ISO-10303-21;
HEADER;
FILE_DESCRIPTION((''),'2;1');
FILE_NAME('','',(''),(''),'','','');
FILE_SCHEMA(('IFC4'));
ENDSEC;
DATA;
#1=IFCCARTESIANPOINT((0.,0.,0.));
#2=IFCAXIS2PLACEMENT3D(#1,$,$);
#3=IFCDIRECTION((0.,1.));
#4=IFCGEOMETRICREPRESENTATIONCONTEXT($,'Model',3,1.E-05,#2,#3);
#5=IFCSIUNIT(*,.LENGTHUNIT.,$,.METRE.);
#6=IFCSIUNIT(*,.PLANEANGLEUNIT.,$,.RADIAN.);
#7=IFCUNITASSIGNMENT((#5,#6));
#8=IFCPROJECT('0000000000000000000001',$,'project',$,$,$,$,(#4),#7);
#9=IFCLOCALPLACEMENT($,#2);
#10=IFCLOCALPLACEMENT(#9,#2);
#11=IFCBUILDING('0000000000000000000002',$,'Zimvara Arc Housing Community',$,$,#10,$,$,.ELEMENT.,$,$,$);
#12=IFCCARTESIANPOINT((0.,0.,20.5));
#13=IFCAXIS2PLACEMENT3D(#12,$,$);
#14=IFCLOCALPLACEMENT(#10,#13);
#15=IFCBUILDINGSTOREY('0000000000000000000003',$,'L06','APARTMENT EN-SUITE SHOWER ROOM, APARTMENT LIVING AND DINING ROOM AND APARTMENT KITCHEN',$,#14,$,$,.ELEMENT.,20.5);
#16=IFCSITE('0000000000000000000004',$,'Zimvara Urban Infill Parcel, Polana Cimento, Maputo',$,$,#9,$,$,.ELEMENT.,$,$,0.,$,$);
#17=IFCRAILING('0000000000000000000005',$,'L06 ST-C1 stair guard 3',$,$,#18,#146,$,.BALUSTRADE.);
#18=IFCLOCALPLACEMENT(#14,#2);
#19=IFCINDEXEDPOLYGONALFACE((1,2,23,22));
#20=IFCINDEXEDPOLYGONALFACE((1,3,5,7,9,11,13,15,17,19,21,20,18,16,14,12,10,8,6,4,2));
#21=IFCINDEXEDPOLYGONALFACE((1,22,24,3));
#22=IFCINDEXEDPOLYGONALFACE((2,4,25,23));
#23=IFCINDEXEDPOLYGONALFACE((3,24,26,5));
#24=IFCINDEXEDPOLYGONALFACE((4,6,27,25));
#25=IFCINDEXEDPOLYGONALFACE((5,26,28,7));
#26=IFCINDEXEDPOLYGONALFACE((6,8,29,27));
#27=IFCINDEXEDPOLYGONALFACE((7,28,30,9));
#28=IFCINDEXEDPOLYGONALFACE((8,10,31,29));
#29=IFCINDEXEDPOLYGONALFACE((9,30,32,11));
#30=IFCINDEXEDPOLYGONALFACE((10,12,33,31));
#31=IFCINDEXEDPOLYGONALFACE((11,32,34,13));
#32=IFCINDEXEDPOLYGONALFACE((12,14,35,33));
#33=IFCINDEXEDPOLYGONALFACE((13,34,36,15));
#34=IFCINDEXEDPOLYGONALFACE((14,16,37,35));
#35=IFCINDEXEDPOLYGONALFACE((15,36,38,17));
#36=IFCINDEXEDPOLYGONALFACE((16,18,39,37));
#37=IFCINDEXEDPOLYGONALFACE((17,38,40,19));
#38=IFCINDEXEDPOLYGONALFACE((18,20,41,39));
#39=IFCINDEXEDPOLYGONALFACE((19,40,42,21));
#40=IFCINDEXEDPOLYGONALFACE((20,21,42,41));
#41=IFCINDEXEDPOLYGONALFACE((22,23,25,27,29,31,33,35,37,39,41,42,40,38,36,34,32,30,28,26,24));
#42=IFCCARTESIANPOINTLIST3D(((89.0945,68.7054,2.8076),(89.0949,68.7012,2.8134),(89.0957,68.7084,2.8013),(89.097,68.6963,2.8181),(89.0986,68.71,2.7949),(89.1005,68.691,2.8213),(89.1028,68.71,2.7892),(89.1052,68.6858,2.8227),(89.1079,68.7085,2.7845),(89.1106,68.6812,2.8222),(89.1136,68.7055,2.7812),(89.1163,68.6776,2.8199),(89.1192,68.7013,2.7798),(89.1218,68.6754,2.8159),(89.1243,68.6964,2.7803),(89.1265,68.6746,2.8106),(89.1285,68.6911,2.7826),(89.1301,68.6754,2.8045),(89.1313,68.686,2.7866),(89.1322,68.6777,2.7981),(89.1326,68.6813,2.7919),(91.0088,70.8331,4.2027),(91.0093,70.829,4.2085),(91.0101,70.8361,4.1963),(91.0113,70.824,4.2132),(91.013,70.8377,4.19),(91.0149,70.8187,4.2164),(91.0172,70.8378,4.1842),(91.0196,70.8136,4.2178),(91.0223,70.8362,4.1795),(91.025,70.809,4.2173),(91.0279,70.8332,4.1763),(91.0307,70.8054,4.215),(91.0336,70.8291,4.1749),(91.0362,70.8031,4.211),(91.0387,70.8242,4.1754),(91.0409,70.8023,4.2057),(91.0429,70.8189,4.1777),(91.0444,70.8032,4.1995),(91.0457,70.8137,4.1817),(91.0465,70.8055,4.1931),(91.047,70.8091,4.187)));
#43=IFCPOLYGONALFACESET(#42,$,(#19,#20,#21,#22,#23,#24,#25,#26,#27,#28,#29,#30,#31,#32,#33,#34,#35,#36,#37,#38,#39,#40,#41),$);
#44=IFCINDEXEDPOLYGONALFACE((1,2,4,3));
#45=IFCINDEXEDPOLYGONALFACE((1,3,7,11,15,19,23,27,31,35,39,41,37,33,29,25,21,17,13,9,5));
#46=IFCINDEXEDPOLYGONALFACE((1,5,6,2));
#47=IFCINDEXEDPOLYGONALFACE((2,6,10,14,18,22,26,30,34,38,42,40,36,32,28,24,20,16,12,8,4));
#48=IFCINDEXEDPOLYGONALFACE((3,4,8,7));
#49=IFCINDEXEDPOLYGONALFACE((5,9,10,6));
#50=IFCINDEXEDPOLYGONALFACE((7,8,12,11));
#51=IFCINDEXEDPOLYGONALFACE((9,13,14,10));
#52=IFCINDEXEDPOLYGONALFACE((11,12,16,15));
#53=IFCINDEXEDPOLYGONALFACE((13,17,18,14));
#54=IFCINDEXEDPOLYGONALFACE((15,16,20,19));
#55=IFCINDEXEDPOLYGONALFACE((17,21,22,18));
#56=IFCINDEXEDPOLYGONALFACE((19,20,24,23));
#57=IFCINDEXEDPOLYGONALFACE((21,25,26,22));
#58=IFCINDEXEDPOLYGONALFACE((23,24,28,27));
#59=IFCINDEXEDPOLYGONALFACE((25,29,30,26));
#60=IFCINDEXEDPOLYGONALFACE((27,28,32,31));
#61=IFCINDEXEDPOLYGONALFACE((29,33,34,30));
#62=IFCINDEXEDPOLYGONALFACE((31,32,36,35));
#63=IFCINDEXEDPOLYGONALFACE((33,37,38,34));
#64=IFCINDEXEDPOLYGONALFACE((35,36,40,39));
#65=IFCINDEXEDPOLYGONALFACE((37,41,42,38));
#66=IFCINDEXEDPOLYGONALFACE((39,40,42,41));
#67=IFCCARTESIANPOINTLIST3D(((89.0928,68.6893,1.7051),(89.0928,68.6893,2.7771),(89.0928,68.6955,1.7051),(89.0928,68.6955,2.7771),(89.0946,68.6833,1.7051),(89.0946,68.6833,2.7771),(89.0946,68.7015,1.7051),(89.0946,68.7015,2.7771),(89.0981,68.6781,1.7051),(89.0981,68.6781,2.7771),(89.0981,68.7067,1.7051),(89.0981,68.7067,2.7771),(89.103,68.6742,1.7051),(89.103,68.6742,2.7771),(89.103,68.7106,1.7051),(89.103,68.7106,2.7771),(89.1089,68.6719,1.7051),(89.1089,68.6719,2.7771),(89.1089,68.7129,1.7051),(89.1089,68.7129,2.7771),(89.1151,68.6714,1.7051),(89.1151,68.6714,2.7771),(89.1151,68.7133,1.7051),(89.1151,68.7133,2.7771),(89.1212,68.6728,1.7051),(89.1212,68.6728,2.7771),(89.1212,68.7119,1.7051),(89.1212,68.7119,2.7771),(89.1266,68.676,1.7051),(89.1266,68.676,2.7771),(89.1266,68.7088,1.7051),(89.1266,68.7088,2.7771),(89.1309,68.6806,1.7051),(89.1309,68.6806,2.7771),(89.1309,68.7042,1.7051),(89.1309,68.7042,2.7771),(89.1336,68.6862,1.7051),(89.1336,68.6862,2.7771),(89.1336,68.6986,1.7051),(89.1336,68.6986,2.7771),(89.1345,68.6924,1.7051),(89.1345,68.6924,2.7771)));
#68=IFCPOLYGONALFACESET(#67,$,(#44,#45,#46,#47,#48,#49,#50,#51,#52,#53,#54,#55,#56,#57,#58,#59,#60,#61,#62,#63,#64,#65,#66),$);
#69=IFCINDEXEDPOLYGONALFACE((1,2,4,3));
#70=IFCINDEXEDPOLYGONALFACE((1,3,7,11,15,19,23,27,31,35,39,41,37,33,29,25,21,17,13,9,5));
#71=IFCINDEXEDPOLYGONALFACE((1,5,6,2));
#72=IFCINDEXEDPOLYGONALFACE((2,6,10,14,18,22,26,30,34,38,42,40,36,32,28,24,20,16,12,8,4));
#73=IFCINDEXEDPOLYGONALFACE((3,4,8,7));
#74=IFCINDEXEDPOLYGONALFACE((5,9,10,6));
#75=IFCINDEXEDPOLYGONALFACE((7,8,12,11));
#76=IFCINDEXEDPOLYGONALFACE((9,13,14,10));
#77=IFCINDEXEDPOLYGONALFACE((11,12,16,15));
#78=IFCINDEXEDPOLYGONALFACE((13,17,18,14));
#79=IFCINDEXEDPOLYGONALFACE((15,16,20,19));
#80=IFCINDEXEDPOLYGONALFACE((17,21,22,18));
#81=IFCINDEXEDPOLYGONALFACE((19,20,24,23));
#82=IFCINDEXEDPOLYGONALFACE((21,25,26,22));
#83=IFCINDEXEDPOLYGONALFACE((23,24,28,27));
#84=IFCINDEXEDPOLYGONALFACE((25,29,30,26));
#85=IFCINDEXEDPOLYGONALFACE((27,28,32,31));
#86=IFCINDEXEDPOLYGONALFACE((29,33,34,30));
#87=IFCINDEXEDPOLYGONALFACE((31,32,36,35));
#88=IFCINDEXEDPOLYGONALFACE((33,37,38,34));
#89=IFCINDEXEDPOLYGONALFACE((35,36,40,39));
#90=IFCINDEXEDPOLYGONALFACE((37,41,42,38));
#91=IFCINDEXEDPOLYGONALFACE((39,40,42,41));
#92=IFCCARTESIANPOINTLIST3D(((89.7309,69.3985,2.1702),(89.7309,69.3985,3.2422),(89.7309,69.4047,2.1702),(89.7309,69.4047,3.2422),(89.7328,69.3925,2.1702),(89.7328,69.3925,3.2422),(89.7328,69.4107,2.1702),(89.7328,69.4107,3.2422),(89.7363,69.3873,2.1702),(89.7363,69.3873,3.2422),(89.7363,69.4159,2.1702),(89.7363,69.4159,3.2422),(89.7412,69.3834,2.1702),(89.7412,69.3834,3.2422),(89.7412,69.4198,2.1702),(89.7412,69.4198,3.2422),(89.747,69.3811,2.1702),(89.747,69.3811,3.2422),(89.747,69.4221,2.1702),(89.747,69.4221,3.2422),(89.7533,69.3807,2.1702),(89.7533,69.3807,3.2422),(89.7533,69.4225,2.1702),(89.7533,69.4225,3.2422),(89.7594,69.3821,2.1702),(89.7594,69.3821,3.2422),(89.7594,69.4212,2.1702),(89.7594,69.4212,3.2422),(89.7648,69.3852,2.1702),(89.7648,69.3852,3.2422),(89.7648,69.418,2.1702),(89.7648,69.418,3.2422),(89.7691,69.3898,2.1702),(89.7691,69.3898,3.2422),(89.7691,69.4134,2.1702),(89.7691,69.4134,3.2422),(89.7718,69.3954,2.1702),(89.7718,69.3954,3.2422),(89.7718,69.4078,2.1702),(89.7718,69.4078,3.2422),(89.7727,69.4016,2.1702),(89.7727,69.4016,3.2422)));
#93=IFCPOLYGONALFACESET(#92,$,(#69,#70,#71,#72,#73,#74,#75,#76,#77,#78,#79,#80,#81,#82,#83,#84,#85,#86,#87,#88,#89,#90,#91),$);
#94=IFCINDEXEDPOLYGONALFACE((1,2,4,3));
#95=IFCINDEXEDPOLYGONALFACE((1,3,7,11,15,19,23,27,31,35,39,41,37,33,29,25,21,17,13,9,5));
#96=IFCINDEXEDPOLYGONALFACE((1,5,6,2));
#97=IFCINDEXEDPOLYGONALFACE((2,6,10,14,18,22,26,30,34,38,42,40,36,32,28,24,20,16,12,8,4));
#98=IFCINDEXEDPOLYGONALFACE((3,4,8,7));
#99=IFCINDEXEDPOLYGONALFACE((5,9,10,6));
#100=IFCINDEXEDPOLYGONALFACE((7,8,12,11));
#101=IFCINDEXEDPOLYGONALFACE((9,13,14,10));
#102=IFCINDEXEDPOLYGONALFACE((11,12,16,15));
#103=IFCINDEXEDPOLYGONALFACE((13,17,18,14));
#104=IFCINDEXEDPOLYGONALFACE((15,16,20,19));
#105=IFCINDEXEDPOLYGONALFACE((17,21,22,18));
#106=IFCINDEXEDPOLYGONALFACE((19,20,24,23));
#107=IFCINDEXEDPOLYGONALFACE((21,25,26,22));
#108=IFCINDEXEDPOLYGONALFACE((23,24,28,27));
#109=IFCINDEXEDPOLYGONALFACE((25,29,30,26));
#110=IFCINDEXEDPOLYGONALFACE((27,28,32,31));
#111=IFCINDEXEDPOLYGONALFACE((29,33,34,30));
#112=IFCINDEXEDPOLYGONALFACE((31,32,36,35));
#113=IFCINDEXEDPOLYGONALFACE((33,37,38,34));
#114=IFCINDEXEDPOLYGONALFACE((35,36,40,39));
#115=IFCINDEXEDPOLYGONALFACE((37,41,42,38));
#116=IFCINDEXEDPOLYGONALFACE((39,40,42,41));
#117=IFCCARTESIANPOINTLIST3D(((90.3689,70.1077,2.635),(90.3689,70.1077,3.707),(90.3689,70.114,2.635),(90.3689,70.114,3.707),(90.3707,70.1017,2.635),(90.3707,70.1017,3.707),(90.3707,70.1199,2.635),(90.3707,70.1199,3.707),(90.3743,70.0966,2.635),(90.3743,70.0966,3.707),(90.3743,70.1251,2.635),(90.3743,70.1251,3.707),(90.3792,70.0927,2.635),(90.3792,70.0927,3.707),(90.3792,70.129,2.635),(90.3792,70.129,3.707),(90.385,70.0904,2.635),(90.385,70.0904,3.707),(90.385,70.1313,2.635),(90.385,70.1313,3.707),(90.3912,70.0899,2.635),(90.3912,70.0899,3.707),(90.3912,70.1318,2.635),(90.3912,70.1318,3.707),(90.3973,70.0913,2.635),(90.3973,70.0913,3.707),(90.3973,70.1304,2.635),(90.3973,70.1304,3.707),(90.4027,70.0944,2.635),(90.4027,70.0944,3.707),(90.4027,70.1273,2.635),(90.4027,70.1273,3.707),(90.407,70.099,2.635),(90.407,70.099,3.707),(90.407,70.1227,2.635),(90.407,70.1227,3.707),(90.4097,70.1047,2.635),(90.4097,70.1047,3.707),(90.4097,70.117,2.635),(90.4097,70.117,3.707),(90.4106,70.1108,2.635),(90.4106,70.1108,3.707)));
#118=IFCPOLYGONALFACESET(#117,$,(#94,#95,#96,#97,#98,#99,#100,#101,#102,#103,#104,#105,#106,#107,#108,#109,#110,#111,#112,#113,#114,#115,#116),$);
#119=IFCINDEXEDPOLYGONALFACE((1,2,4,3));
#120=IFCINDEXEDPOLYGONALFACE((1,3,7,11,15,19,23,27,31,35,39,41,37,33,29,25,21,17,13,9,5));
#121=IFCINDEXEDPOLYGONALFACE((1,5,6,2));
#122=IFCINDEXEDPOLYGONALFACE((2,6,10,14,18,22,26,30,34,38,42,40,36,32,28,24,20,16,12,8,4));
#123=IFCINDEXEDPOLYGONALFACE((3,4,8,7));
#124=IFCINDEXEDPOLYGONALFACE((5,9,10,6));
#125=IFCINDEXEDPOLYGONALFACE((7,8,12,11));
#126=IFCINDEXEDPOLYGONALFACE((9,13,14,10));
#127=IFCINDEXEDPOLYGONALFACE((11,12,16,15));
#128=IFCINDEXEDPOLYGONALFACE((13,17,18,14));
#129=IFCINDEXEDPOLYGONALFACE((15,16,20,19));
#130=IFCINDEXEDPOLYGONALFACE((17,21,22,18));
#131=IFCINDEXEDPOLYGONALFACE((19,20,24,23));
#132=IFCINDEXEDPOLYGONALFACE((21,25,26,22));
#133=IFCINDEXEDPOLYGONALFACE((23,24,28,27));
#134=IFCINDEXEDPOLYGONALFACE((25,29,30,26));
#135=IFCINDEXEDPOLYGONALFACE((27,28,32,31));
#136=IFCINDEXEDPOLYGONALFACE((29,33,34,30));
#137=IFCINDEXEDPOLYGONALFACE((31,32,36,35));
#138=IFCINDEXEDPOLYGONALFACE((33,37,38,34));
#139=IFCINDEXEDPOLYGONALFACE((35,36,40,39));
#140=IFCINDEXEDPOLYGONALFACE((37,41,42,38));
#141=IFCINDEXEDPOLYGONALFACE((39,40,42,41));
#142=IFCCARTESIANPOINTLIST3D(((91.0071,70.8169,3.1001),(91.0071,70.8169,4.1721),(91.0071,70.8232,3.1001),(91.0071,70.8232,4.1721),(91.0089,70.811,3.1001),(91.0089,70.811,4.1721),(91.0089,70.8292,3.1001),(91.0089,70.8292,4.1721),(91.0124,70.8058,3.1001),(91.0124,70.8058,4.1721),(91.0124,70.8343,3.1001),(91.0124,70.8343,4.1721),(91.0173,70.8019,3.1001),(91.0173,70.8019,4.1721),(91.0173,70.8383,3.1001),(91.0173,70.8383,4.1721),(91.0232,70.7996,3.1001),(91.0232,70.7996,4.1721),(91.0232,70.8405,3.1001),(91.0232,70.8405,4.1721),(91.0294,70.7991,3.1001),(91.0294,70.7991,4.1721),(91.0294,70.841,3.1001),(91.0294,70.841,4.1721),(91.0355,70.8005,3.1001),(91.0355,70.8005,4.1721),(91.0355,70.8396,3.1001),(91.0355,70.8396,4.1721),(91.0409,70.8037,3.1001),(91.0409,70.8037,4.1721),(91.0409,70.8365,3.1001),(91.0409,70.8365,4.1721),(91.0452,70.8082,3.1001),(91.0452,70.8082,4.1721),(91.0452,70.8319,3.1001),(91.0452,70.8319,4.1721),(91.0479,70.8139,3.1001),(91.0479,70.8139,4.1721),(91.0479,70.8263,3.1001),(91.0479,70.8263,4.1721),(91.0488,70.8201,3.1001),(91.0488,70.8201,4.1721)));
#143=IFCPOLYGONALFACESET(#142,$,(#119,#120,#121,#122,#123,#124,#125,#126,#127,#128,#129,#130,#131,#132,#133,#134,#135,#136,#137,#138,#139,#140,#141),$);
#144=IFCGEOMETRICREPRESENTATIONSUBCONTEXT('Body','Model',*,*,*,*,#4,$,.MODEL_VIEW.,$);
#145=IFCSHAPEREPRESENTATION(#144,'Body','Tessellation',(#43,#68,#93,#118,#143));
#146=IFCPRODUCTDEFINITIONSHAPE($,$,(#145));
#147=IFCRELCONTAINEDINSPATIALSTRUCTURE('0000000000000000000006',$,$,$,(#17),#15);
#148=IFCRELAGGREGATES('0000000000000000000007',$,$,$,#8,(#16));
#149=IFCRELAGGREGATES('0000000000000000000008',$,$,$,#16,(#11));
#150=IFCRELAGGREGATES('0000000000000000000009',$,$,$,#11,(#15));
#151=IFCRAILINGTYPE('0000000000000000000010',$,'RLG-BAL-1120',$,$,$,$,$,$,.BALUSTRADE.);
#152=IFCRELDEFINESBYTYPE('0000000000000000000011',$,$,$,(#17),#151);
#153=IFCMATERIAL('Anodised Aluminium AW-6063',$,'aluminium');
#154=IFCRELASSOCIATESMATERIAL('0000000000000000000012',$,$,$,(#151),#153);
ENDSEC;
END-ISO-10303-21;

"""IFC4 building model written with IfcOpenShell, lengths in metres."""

from ifc_helpers import new_model, si_unit, direction, frame, origin, origin_2d, place, context, subcontext, project, spatial, circle, extrude, material, type_object, element, save


model = new_model("IFC4")

# Units and contexts
model_context = context("Model", 3, precision=1e-05, world=origin(), true_north=direction((0.0, 1.0)))
body_context = subcontext(model_context, "Body", "Model", "MODEL_VIEW")
ifc_project = project(units=[si_unit("LENGTHUNIT", "METRE"), si_unit("PLANEANGLEUNIT", "RADIAN")], contexts=[model_context])

# Site, building, storey
site_placement = place(None, origin())
site = spatial("IfcSite", under=ifc_project, at=site_placement, Name="Zimvara Urban Infill Parcel, Polana Cimento, Maputo", CompositionType="ELEMENT", RefElevation=0.0)
building_placement = place(site_placement, origin())
building = spatial("IfcBuilding", under=site, at=building_placement, Name="Zimvara Arc Housing Community", CompositionType="ELEMENT")
storey_placement = place(building_placement, frame((0.0, 0.0, 20.5)))
storey = spatial("IfcBuildingStorey", under=building, at=storey_placement, Name="L06", Description="APARTMENT EN-SUITE SHOWER ROOM, APARTMENT LIVING AND DINING ROOM AND APARTMENT KITCHEN", CompositionType="ELEMENT", Elevation=20.5)

# Railing
ifc_material_1 = material(Name="Anodised Aluminium AW-6063", Category="aluminium")
railing_type = type_object("IfcRailingType", Name="RLG-BAL-1120", PredefinedType="BALUSTRADE", material=ifc_material_1)
railing_1_placement = place(storey_placement, frame((89.1135, 68.6924, 1.7051)))
element("IfcRailing", 1, at=railing_1_placement, inside=storey, type_object=railing_type, Name="L06 ST-C1 stair guard 3", PredefinedType="BALUSTRADE", context=body_context, shape_type="SweptSolid", body=[
    extrude(circle(Radius=0.0239, at=origin_2d()), frame((0.0, 0.0, 1.0962), z_axis=(0.601232, 0.668248, 0.438138), x_axis=(-0.7434, 0.668847, 0.0)), (0.0, 0.0, 1.0), 3.1841),
    extrude(circle(Radius=0.021, at=origin_2d()), origin(), (0.0, 0.0, 1.0), 1.072),
    extrude(circle(Radius=0.021, at=origin_2d()), frame((0.6382, 0.7092, 0.4651)), (0.0, 0.0, 1.0), 1.072),
    extrude(circle(Radius=0.021, at=origin_2d()), frame((1.2761, 1.4185, 0.9299)), (0.0, 0.0, 1.0), 1.072),
    extrude(circle(Radius=0.021, at=origin_2d()), frame((1.9143, 2.1277, 1.395)), (0.0, 0.0, 1.0), 1.072),
])

save(model, "model.ifc")
